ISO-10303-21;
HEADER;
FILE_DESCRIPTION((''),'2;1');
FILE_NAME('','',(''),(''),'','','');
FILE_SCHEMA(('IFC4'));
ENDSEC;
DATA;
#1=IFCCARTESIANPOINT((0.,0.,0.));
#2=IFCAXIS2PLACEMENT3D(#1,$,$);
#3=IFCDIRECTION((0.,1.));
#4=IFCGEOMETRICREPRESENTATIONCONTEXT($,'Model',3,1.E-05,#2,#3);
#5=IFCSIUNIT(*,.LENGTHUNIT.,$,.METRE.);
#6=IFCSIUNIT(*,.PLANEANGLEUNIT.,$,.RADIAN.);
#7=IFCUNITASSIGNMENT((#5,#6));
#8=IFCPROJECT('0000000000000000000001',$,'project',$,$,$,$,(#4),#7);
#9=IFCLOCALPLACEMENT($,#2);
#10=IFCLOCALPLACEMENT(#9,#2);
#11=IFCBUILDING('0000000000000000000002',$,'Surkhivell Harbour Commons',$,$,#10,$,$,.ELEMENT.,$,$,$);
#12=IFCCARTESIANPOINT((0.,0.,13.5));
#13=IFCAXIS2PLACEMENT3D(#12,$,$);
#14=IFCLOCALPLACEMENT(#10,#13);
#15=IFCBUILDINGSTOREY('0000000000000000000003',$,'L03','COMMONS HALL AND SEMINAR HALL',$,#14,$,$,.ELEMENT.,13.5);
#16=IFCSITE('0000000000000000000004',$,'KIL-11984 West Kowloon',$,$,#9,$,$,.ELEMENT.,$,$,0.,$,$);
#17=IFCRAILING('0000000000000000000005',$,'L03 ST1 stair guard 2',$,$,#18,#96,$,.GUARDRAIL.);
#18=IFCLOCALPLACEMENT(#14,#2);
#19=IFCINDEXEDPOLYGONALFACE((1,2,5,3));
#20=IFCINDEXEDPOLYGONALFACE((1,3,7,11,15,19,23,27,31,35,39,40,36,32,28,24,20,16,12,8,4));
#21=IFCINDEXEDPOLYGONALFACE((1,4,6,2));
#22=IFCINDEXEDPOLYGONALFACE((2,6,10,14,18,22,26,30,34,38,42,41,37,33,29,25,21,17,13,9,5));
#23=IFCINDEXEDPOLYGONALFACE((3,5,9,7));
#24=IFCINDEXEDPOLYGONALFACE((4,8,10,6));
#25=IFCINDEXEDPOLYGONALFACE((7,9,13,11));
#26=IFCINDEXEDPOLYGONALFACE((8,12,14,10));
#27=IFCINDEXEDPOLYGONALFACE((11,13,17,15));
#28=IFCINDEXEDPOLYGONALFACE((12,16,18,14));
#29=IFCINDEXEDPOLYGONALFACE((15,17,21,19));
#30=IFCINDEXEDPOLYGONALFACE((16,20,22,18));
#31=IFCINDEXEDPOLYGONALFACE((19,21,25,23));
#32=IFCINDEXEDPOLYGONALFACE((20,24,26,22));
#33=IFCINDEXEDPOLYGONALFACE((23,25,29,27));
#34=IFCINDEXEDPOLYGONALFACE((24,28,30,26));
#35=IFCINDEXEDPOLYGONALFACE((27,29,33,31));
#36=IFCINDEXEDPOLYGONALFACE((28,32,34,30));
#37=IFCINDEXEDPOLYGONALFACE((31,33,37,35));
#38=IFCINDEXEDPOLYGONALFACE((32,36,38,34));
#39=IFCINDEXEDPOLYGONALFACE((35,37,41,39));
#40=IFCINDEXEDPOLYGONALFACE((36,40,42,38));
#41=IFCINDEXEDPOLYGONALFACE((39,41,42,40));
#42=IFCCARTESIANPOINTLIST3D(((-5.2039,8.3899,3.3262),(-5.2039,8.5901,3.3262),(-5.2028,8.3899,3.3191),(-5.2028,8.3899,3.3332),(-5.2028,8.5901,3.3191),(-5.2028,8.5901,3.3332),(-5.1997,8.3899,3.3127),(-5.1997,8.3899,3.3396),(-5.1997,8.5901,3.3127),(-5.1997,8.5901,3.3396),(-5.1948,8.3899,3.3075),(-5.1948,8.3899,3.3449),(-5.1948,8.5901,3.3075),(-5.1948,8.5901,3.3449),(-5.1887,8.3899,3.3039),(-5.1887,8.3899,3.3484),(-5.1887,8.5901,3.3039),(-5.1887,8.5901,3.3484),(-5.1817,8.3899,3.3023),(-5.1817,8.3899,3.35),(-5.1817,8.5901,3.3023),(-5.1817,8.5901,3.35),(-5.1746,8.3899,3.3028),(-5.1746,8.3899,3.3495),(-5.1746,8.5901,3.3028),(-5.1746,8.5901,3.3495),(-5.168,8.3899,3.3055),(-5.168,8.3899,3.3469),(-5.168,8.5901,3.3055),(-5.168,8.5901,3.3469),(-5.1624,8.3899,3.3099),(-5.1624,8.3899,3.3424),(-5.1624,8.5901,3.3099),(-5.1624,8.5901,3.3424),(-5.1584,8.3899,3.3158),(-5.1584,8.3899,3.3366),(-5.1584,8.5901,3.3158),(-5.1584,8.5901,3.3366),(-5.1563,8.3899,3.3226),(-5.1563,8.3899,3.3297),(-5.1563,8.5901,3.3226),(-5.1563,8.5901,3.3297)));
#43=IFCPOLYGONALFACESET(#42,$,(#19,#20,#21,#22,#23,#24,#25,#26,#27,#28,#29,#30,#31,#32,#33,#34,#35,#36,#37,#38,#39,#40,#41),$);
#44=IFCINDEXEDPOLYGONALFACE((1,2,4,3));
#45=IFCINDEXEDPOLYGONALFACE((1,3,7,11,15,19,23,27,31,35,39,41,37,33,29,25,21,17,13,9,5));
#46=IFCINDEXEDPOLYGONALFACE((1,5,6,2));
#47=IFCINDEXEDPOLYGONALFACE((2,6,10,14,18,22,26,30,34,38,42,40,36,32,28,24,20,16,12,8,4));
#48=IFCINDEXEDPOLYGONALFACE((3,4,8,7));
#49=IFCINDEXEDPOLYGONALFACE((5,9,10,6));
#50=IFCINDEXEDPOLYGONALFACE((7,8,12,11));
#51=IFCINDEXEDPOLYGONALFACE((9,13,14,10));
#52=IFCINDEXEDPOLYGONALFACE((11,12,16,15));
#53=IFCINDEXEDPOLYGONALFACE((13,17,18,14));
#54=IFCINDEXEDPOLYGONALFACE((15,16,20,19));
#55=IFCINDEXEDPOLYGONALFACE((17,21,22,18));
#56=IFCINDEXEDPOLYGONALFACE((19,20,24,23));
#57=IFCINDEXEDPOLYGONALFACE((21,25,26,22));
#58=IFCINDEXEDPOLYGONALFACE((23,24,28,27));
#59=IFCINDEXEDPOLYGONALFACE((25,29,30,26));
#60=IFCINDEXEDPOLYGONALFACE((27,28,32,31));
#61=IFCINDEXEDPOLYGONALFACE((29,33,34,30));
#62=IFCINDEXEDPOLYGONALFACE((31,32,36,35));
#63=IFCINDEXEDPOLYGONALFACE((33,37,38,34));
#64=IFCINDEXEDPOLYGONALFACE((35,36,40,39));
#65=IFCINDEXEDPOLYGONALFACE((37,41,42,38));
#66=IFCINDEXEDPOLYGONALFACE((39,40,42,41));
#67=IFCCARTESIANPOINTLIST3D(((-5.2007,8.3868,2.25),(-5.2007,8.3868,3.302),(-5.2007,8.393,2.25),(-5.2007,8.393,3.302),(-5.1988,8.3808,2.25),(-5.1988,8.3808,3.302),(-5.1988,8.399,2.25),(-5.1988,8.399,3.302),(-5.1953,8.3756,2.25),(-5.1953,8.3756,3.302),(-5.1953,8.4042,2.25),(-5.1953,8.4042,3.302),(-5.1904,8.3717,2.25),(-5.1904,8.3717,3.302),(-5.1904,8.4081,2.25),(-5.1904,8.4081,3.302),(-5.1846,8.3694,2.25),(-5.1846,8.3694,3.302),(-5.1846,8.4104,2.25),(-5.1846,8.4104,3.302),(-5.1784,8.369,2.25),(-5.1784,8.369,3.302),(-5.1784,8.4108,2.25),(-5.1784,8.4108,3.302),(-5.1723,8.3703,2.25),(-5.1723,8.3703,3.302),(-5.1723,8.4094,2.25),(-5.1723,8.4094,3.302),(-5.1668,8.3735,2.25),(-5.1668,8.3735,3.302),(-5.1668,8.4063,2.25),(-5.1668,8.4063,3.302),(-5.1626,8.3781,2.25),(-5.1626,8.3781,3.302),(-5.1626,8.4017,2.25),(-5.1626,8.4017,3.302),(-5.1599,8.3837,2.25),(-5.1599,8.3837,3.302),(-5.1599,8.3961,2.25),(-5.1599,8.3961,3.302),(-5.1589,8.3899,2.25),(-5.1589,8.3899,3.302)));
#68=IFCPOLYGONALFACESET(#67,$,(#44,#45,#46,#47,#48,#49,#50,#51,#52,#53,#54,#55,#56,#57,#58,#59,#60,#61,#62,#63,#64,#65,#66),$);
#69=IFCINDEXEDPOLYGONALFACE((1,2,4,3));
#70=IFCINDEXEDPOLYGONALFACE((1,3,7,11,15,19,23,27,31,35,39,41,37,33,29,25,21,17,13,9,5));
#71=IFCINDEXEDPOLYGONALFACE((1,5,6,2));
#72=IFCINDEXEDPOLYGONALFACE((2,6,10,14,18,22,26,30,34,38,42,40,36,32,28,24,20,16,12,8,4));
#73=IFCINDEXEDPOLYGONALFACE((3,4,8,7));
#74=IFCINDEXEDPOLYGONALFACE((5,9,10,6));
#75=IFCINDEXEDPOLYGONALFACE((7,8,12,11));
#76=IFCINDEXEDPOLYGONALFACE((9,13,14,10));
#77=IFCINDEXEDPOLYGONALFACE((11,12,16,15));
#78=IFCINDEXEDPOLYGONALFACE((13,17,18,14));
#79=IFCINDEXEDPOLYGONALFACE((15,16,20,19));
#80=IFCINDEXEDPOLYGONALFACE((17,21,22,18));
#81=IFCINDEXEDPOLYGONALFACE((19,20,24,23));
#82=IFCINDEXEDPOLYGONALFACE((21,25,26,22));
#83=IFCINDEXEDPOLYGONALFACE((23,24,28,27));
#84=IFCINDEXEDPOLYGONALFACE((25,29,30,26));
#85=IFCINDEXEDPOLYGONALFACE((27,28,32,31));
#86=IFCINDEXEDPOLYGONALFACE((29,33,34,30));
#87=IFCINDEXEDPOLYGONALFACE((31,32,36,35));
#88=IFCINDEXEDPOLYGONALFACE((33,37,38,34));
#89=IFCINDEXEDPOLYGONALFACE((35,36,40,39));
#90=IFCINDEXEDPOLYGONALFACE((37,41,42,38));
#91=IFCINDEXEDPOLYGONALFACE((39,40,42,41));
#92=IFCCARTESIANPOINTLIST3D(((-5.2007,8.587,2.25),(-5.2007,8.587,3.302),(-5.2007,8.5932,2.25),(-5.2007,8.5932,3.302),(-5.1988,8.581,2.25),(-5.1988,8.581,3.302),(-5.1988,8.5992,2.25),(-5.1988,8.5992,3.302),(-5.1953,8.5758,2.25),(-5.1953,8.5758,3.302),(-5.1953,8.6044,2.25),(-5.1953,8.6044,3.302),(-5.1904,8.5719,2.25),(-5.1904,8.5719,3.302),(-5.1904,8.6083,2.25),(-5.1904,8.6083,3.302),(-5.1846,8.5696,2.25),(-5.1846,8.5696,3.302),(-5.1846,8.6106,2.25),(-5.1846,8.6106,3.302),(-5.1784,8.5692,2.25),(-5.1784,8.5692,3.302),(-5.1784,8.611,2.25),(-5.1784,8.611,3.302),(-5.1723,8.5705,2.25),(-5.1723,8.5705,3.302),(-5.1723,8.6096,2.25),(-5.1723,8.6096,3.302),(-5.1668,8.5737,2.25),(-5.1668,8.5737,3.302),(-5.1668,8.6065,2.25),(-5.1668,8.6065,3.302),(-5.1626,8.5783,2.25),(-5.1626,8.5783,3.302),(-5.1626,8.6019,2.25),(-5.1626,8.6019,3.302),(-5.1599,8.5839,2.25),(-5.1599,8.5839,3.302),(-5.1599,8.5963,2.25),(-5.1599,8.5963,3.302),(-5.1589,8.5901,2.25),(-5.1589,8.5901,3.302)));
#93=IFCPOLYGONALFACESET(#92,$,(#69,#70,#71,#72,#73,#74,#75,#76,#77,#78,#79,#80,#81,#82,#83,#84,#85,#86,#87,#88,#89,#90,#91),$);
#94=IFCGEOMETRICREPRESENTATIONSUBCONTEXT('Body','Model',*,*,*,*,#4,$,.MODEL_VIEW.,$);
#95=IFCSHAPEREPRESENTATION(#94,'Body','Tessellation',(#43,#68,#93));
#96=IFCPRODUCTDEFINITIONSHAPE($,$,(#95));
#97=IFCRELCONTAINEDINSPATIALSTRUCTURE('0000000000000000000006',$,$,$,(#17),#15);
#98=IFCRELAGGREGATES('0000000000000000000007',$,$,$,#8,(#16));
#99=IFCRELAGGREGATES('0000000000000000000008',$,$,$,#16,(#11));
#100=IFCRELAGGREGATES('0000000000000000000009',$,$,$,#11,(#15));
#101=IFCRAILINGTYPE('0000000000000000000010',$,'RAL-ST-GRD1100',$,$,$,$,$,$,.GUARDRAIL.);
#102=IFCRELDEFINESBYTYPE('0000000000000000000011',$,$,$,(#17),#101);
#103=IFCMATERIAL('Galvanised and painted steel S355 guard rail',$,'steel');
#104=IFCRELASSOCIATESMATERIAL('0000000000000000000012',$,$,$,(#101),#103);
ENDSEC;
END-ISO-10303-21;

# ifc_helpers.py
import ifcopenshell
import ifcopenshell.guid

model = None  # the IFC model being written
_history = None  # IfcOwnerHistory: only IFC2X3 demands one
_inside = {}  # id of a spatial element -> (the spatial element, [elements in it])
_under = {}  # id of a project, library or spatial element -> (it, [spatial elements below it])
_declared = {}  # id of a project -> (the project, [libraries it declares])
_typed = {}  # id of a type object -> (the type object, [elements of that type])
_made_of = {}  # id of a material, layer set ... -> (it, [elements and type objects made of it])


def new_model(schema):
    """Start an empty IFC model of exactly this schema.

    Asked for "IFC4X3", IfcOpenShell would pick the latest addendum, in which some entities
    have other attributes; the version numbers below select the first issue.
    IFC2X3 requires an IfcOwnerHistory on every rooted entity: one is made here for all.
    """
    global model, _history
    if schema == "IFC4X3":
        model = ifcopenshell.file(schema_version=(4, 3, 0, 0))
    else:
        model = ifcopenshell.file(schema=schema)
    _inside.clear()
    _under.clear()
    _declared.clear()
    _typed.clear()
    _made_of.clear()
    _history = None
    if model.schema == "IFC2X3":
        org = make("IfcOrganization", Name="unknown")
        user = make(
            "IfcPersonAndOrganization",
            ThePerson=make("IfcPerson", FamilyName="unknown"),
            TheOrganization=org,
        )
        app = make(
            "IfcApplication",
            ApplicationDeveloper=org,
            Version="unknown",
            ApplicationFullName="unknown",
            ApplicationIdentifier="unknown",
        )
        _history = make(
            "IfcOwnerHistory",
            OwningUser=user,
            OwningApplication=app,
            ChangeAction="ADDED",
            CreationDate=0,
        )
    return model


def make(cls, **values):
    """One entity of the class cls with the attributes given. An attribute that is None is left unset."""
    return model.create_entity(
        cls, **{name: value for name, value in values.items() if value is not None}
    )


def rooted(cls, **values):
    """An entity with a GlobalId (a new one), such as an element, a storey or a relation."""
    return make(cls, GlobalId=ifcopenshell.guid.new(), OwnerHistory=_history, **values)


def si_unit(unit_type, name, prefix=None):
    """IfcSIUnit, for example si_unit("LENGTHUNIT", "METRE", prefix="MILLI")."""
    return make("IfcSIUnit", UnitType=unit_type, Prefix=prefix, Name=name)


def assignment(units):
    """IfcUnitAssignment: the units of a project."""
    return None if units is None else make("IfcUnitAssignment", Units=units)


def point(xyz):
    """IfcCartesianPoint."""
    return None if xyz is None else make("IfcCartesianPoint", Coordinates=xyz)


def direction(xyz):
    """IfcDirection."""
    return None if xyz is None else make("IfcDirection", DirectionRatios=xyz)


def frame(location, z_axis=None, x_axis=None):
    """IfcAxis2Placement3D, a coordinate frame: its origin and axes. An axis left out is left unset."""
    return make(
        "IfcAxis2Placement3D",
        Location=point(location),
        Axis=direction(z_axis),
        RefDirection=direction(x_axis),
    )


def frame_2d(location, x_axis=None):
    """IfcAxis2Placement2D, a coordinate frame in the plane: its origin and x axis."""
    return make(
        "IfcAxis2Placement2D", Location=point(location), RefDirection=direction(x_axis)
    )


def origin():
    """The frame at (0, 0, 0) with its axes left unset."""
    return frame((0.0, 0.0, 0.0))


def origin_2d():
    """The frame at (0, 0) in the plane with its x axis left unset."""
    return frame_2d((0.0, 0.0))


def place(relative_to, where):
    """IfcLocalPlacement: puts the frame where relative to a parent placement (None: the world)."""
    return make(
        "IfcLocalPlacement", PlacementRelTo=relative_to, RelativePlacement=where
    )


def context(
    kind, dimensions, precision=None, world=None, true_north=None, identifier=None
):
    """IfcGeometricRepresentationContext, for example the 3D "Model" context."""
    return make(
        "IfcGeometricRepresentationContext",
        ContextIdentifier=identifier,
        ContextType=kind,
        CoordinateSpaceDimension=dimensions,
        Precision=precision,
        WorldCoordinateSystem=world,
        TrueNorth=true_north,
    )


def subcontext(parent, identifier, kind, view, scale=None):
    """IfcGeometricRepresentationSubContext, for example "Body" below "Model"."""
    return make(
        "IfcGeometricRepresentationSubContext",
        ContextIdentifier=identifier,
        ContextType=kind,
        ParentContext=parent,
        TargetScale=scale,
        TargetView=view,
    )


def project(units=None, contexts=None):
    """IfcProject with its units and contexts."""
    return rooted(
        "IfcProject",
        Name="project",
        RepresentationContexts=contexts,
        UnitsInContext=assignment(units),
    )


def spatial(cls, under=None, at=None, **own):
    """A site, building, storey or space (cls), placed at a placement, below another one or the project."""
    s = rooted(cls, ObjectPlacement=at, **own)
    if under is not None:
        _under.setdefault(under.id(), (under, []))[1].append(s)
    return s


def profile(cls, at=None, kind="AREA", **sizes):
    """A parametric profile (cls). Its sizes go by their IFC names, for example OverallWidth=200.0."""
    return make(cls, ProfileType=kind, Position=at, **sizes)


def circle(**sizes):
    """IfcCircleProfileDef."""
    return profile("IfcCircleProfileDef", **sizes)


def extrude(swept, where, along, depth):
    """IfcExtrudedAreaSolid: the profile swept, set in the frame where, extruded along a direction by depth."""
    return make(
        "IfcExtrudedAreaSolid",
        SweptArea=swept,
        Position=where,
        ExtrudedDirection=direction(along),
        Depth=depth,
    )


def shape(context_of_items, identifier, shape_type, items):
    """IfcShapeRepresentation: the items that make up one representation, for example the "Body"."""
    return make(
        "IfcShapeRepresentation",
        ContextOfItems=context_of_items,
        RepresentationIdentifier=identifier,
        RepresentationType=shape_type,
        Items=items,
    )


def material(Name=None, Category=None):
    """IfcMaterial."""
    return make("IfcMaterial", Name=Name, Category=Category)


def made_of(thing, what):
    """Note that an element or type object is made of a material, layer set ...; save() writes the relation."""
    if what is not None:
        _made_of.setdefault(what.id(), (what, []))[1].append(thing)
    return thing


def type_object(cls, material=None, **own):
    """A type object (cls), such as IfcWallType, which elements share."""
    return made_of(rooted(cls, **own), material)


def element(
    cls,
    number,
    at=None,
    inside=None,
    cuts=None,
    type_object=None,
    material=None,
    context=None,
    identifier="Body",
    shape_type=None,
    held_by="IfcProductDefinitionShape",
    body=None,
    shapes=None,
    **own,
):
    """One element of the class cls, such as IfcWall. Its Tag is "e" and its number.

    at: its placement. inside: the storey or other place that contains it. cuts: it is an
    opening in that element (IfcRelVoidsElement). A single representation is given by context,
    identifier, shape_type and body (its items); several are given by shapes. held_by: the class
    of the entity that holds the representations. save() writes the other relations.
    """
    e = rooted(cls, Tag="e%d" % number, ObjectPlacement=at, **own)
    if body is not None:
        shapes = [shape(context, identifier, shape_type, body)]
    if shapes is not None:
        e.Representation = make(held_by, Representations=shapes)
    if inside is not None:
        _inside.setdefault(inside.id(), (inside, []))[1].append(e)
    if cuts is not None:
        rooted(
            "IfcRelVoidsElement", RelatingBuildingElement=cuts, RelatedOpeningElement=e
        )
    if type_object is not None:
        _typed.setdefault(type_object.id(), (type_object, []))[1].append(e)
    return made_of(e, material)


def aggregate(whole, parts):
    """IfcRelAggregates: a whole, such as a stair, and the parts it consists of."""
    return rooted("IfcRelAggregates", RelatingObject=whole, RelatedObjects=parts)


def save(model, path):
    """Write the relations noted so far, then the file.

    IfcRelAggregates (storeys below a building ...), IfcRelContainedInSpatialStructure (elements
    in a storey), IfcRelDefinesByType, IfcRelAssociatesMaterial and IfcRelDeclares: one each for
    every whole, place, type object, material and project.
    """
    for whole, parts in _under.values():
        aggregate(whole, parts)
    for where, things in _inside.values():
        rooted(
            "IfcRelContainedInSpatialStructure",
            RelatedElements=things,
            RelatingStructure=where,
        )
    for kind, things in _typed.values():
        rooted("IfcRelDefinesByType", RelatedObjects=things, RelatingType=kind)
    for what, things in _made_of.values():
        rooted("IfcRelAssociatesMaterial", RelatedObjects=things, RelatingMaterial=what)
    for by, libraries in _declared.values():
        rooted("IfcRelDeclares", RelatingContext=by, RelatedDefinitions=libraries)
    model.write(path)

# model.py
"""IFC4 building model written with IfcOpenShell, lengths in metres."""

from ifc_helpers import new_model, si_unit, direction, frame, origin, origin_2d, place, context, subcontext, project, spatial, circle, extrude, material, type_object, element, save


model = new_model("IFC4")

# Units and contexts
model_context = context("Model", 3, precision=1e-05, world=origin(), true_north=direction((0.0, 1.0)))
body_context = subcontext(model_context, "Body", "Model", "MODEL_VIEW")
ifc_project = project(units=[si_unit("LENGTHUNIT", "METRE"), si_unit("PLANEANGLEUNIT", "RADIAN")], contexts=[model_context])

# Site, building, storey
site_placement = place(None, origin())
site = spatial("IfcSite", under=ifc_project, at=site_placement, Name="KIL-11984 West Kowloon", CompositionType="ELEMENT", RefElevation=0.0)
building_placement = place(site_placement, origin())
building = spatial("IfcBuilding", under=site, at=building_placement, Name="Surkhivell Harbour Commons", CompositionType="ELEMENT")
storey_placement = place(building_placement, frame((0.0, 0.0, 13.5)))
storey = spatial("IfcBuildingStorey", under=building, at=storey_placement, Name="L03", Description="COMMONS HALL AND SEMINAR HALL", CompositionType="ELEMENT", Elevation=13.5)

# Railing
ifc_material_1 = material(Name="Galvanised and painted steel S355 guard rail", Category="steel")
railing_type_1 = type_object("IfcRailingType", Name="RAL-ST-GRD1100", PredefinedType="GUARDRAIL", material=ifc_material_1)
railing_1_placement = place(storey_placement, frame((-5.1799, 8.3899, 2.25)))
element("IfcRailing", 1, at=railing_1_placement, inside=storey, type_object=railing_type_1, Name="L03 ST1 stair guard 2", PredefinedType="GUARDRAIL", context=body_context, shape_type="SweptSolid", body=[
    extrude(circle(Radius=0.0239, at=origin_2d()), frame((0.0, 0.0, 1.0762), z_axis=(0.0, 1.0, 0.0), x_axis=(-1.0, 0.0, 0.0)), (0.0, 0.0, 1.0), 0.2002),
    extrude(circle(Radius=0.021, at=origin_2d()), origin(), (0.0, 0.0, 1.0), 1.052),
    extrude(circle(Radius=0.021, at=origin_2d()), frame((0.0, 0.2002, 0.0)), (0.0, 0.0, 1.0), 1.052),
])

save(model, "model.ifc")
